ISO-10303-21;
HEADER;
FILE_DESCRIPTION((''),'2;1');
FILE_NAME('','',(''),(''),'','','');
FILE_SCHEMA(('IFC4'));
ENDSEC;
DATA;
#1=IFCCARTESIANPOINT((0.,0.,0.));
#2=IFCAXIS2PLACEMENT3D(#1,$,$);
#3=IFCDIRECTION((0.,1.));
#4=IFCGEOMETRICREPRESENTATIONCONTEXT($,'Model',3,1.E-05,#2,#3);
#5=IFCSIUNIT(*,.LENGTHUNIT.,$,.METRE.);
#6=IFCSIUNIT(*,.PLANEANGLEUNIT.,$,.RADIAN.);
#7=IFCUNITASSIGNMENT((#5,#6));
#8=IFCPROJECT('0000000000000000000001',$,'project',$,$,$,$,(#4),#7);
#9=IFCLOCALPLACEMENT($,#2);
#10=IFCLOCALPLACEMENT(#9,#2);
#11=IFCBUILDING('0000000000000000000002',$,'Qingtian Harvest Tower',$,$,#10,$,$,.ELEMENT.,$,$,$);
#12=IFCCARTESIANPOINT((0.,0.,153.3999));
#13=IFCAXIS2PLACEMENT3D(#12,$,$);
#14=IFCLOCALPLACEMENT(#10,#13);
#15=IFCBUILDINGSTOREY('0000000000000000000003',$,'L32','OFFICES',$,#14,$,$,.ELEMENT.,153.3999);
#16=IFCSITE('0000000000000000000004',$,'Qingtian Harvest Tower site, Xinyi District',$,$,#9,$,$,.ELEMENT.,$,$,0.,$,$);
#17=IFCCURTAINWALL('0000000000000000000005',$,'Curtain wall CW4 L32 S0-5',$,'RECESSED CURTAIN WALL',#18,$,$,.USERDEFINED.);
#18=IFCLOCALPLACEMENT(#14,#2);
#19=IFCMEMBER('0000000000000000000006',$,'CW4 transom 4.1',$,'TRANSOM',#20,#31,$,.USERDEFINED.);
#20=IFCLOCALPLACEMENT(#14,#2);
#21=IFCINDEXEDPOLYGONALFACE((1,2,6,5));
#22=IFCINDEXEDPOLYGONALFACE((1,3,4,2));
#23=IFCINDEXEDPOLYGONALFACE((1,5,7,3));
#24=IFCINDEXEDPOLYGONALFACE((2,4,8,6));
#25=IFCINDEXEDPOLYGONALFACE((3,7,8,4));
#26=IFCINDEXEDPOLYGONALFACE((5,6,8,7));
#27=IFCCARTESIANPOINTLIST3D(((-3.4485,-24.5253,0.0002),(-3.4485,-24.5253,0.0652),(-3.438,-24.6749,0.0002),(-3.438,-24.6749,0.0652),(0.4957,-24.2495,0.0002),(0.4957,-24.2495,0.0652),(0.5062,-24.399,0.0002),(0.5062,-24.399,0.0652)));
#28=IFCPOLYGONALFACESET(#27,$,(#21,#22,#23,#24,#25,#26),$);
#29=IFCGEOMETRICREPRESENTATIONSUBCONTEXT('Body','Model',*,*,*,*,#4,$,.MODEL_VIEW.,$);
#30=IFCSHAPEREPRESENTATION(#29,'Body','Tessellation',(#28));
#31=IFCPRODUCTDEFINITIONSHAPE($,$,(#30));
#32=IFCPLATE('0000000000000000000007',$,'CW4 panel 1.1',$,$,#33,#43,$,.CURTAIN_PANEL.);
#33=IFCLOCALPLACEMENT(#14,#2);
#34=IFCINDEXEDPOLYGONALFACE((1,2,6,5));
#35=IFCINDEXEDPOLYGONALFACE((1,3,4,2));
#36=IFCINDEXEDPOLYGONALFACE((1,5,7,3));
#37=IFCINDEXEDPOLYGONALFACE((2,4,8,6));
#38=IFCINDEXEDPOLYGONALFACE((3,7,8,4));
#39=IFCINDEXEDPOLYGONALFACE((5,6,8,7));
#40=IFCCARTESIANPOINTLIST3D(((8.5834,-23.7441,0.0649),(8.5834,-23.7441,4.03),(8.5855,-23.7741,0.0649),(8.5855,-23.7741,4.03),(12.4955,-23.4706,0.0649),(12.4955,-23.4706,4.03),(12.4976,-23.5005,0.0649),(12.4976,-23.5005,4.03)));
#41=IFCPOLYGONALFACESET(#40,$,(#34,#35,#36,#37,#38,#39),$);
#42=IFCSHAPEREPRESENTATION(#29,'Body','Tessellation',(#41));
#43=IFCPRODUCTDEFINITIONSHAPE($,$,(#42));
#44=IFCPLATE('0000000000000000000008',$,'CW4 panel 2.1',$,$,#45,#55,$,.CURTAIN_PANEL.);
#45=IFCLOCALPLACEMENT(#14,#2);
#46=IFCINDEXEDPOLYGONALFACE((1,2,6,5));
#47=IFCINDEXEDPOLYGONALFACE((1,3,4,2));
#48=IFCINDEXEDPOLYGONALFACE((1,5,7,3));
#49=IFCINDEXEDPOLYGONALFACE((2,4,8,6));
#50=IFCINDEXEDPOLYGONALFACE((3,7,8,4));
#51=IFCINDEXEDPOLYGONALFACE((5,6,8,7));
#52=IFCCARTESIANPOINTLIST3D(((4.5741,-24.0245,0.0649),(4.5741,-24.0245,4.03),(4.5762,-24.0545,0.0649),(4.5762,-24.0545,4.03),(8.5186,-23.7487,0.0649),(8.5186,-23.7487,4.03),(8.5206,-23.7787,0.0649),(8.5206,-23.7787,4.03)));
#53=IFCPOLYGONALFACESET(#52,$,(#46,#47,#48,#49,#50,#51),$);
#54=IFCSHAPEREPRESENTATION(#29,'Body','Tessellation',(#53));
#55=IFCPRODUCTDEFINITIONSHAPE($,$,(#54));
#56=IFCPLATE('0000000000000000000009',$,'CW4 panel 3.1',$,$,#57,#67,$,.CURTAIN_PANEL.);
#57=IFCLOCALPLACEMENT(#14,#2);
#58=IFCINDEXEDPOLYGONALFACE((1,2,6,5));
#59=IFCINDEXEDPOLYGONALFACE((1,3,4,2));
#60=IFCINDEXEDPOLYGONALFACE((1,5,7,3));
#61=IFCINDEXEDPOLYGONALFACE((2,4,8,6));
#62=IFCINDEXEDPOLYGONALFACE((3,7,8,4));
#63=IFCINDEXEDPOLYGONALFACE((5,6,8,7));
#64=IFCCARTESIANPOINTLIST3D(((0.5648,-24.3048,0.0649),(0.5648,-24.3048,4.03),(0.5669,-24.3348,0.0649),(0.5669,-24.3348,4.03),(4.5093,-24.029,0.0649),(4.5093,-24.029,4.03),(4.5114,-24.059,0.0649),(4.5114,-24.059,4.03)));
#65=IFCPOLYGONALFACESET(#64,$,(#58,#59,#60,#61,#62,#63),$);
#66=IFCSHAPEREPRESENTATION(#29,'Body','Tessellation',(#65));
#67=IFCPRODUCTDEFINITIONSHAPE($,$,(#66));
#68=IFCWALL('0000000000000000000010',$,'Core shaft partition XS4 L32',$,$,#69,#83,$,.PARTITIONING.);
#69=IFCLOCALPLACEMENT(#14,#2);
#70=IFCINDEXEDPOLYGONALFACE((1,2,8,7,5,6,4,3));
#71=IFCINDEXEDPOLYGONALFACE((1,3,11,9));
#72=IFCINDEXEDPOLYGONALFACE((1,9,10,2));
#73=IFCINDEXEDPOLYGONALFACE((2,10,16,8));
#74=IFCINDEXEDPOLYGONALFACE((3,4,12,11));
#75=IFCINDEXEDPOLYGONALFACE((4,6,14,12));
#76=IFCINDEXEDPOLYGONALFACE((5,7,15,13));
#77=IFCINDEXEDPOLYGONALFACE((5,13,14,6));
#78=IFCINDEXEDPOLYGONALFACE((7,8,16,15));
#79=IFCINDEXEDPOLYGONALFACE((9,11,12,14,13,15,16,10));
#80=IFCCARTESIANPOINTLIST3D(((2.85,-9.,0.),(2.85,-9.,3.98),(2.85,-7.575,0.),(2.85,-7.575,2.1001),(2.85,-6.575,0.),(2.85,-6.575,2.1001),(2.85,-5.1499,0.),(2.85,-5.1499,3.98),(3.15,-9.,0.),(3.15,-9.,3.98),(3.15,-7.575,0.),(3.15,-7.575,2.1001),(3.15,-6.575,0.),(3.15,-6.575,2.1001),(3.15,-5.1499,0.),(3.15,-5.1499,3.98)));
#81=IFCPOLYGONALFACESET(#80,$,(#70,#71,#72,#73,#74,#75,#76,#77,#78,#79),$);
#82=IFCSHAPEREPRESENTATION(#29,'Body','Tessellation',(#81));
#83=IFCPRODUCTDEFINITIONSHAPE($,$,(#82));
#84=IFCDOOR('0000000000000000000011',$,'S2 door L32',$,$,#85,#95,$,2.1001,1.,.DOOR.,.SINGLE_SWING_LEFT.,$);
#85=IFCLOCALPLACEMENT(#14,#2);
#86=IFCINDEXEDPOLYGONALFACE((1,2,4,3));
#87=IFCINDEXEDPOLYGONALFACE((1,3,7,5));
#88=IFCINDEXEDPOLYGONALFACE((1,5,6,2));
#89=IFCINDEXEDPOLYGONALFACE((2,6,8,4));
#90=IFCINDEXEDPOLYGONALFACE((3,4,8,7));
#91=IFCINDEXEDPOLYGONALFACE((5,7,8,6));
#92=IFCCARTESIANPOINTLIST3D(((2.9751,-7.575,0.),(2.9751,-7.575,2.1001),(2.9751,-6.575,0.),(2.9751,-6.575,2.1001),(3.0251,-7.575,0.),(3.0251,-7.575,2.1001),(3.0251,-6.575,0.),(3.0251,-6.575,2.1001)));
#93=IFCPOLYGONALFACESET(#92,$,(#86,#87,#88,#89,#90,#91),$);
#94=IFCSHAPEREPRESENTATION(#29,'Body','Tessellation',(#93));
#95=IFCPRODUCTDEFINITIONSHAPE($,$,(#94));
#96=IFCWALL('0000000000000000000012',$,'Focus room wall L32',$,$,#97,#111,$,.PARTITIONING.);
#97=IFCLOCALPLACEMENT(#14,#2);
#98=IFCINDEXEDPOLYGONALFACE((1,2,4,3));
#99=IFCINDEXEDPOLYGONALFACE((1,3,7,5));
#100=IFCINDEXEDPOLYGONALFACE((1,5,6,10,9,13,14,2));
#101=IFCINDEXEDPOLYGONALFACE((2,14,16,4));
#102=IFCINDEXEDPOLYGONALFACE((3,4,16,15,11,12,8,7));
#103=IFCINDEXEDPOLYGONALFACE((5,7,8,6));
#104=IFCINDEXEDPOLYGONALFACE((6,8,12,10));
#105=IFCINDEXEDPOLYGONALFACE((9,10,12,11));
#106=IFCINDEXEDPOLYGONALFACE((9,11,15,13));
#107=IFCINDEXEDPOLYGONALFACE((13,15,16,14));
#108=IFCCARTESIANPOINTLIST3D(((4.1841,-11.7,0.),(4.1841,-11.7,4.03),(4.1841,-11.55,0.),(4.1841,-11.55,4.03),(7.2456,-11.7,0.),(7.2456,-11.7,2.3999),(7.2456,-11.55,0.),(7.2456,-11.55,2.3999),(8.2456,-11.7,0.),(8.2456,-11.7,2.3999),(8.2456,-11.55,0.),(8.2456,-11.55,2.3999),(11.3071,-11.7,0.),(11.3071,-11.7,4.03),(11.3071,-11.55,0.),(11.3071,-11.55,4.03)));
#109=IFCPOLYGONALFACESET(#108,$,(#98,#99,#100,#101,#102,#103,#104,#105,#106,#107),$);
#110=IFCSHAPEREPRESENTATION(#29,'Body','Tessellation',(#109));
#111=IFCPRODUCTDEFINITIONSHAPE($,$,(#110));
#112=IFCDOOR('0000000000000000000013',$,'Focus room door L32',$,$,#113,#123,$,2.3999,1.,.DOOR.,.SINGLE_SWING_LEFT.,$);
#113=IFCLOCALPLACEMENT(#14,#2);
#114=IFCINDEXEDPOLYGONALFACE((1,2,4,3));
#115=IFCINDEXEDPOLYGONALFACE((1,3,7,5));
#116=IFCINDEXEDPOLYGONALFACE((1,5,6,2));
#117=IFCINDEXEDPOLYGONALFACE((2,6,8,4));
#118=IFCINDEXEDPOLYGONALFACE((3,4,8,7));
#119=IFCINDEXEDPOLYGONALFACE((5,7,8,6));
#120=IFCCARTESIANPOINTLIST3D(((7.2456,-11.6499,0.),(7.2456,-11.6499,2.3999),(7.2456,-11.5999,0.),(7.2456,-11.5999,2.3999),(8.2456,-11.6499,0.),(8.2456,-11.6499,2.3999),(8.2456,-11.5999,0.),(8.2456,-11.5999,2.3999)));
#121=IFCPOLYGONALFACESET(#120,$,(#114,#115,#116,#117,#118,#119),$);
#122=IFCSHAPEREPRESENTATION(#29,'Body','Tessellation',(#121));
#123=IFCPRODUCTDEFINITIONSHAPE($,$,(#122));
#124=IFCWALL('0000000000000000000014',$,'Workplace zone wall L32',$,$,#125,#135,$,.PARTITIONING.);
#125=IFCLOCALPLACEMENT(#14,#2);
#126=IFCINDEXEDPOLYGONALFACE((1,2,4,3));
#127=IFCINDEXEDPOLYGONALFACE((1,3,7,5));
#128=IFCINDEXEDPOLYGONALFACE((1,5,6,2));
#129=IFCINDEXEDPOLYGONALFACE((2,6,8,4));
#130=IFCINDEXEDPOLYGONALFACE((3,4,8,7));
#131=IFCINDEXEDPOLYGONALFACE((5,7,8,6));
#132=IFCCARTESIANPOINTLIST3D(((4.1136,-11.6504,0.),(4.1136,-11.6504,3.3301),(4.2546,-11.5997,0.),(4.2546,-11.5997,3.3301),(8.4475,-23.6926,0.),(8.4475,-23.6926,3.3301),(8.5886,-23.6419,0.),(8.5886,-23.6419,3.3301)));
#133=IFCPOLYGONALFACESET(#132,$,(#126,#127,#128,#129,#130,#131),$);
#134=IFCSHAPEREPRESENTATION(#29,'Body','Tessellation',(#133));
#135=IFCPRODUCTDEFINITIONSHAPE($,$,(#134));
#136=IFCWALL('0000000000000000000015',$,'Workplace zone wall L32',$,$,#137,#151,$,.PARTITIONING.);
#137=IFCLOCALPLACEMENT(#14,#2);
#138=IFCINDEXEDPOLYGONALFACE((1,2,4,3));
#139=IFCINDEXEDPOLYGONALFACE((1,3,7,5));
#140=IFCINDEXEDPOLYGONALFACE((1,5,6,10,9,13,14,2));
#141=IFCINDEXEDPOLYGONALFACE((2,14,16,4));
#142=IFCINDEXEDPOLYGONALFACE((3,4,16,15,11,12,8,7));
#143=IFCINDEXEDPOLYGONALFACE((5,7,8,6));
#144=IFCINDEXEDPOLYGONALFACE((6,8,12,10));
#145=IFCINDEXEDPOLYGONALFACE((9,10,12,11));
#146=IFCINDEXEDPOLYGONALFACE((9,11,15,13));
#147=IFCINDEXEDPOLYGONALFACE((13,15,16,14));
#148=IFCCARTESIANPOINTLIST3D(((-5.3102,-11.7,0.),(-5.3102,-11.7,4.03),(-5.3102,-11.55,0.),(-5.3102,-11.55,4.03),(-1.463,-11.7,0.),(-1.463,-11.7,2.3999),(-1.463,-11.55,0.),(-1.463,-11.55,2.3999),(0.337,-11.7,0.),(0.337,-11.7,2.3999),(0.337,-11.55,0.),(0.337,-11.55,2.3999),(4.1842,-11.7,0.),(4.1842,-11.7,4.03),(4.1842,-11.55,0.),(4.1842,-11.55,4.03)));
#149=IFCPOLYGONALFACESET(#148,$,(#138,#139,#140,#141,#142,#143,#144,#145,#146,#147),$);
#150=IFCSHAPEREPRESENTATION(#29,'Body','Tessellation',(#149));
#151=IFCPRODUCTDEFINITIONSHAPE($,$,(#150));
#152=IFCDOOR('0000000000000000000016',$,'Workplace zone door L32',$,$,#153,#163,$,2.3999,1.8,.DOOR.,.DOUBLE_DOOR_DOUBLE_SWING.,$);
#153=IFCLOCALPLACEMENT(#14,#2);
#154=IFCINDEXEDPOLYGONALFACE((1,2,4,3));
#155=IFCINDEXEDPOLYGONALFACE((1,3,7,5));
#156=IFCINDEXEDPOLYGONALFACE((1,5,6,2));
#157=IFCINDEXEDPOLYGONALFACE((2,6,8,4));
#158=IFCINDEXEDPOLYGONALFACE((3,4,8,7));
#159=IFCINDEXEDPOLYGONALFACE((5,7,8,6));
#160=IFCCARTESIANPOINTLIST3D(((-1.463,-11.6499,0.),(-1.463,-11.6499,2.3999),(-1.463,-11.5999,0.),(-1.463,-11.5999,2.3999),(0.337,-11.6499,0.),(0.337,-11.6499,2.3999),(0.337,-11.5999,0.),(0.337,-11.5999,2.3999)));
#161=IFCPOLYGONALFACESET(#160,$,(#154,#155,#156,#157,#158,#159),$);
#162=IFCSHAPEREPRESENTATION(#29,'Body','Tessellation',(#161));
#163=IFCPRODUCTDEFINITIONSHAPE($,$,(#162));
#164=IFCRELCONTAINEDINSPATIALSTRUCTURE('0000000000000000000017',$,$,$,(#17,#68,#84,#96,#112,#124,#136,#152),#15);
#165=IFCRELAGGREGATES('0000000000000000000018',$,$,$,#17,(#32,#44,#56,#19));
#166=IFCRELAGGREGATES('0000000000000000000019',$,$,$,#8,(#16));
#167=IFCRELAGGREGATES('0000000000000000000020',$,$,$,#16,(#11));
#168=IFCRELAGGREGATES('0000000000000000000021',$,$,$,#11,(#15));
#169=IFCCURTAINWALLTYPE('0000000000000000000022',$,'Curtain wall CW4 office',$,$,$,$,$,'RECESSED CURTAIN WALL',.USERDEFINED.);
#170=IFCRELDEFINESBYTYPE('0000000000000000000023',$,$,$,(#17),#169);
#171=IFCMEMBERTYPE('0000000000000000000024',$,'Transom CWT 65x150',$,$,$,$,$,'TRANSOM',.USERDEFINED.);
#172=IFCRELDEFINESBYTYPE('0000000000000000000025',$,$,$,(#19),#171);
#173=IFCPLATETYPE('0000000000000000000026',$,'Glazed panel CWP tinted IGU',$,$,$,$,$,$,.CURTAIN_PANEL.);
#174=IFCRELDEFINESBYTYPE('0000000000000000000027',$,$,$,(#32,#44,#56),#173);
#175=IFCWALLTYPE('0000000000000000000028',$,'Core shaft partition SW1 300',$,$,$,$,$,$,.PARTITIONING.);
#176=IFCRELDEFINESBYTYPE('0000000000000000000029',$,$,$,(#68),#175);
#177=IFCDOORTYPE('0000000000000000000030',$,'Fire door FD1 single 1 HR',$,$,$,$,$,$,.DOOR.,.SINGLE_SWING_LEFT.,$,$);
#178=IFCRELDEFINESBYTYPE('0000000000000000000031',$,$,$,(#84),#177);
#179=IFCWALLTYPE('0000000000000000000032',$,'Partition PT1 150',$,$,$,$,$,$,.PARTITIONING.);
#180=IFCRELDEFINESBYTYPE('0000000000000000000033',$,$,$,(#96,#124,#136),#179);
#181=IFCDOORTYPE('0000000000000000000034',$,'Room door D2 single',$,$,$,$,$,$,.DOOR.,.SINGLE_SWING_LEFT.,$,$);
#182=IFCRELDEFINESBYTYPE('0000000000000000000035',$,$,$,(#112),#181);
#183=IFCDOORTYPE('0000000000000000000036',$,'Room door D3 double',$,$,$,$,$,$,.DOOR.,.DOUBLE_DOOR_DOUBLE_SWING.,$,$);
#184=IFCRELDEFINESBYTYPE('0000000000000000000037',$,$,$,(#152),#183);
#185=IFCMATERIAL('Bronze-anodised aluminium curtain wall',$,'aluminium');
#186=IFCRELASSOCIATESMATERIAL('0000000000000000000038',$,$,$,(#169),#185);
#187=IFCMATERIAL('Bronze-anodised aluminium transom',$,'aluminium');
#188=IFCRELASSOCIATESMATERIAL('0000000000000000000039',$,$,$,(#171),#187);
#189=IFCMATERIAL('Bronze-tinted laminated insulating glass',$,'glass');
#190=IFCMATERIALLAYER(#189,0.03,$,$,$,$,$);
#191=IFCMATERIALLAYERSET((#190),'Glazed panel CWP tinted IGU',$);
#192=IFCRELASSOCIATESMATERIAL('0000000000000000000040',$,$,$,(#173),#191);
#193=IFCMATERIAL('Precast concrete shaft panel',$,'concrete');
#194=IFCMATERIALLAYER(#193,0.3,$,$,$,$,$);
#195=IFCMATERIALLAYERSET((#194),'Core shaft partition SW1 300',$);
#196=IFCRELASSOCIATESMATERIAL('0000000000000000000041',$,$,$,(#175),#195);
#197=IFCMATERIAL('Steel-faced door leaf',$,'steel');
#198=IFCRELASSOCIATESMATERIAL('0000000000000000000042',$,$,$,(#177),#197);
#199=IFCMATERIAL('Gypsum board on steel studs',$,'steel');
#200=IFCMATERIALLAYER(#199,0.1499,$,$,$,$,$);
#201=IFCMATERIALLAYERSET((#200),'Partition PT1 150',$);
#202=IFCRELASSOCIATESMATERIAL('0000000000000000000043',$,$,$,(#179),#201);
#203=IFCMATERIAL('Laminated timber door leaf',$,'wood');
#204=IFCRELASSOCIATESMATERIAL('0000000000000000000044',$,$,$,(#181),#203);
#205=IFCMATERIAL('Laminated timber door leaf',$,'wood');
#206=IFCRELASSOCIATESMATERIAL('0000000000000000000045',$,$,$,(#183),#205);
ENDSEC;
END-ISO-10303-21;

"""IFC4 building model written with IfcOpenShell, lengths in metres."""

from ifc_helpers import new_model, si_unit, direction, frame, frame_2d, origin, origin_2d, place, context, subcontext, project, spatial, rectangle, extrude, material, layer, layer_set, material_profile, profile_set, type_object, element, fill, aggregate, save


model = new_model("IFC4")

# Units and contexts
model_context = context("Model", 3, precision=1e-05, world=origin(), true_north=direction((0.0, 1.0)))
body_context = subcontext(model_context, "Body", "Model", "MODEL_VIEW")
ifc_project = project(units=[si_unit("LENGTHUNIT", "METRE"), si_unit("PLANEANGLEUNIT", "RADIAN")], contexts=[model_context])

# Site, building, storey
site_placement = place(None, origin())
site = spatial("IfcSite", under=ifc_project, at=site_placement, Name="Qingtian Harvest Tower site, Xinyi District", CompositionType="ELEMENT", RefElevation=0.0)
building_placement = place(site_placement, origin())
building = spatial("IfcBuilding", under=site, at=building_placement, Name="Qingtian Harvest Tower", CompositionType="ELEMENT")
storey_placement = place(building_placement, frame((0.0, 0.0, 153.3999)))
storey = spatial("IfcBuildingStorey", under=building, at=storey_placement, Name="L32", Description="OFFICES", CompositionType="ELEMENT", Elevation=153.3999)

# Shared definitions
ifc_material_1 = material(Name="Bronze-anodised aluminium curtain wall", Category="aluminium")
curtain_wall_type = type_object("IfcCurtainWallType", Name="Curtain wall CW4 office", ElementType="RECESSED CURTAIN WALL", PredefinedType="USERDEFINED", material=ifc_material_1)

# Curtain wall
curtain_wall_1_placement = place(storey_placement, origin())
curtain_wall_1 = element("IfcCurtainWall", 1, at=curtain_wall_1_placement, inside=storey, type_object=curtain_wall_type, Name="Curtain wall CW4 L32 S0-5", ObjectType="RECESSED CURTAIN WALL", PredefinedType="USERDEFINED")

# Member
ifc_material_2 = material(Name="Bronze-anodised aluminium transom", Category="aluminium")
ifc_material_profile_1 = material_profile(ifc_material_2, rectangle(XDim=0.1499, YDim=0.0649, at=origin_2d()), Name="AL 65x150")
ifc_profile_set_1 = profile_set([ifc_material_profile_1], Name="Bronze-anodised aluminium transom")
member_type_1 = type_object("IfcMemberType", Name="Transom CWT 65x150", ElementType="TRANSOM", PredefinedType="USERDEFINED", material=ifc_profile_set_1)
member_1_placement = place(storey_placement, frame((0.501, -24.3242, 0.0327), z_axis=(-0.997563, -0.069773, 0.0), x_axis=(0.069773, -0.997563, 0.0)))
member_1 = element("IfcMember", 2, at=member_1_placement, type_object=member_type_1, Name="CW4 transom 4.1", ObjectType="TRANSOM", PredefinedType="USERDEFINED", context=body_context, shape_type="SweptSolid", body=[
    extrude(rectangle(XDim=0.1499, YDim=0.0649, at=origin_2d()), origin(), (0.0, 0.0, 1.0), 3.9539),
])

# Plates
ifc_material_3 = material(Name="Bronze-tinted laminated insulating glass", Category="glass")
ifc_layer_1 = layer(ifc_material_3, 0.03)
ifc_layer_set_1 = layer_set([ifc_layer_1], Name="Glazed panel CWP tinted IGU")
plate_type = type_object("IfcPlateType", Name="Glazed panel CWP tinted IGU", PredefinedType="CURTAIN_PANEL", material=ifc_layer_set_1)
plate_1_placement = place(storey_placement, frame((10.5405, -23.6223, 0.0649), z_axis=(0.0, 0.0, 1.0), x_axis=(-0.997564, -0.069756, 0.0)))
plate_1 = element("IfcPlate", 3, at=plate_1_placement, type_object=plate_type, Name="CW4 panel 1.1", PredefinedType="CURTAIN_PANEL", context=body_context, shape_type="SweptSolid", body=[
    extrude(rectangle(XDim=3.9216, YDim=0.03, at=origin_2d()), origin(), (0.0, 0.0, 1.0), 3.9651),
])
plate_2_placement = place(storey_placement, frame((6.5474, -23.9016, 0.0649), z_axis=(0.0, 0.0, 1.0), x_axis=(-0.997564, -0.069756, 0.0)))
plate_2 = element("IfcPlate", 4, at=plate_2_placement, type_object=plate_type, Name="CW4 panel 2.1", PredefinedType="CURTAIN_PANEL", context=body_context, shape_type="SweptSolid", body=[
    extrude(rectangle(XDim=3.9541, YDim=0.03, at=origin_2d()), origin(), (0.0, 0.0, 1.0), 3.9651),
])
plate_3_placement = place(storey_placement, frame((2.5381, -24.1819, 0.0649), z_axis=(0.0, 0.0, 1.0), x_axis=(-0.997564, -0.069756, 0.0)))
plate_3 = element("IfcPlate", 5, at=plate_3_placement, type_object=plate_type, Name="CW4 panel 3.1", PredefinedType="CURTAIN_PANEL", context=body_context, shape_type="SweptSolid", body=[
    extrude(rectangle(XDim=3.9541, YDim=0.03, at=origin_2d()), origin(), (0.0, 0.0, 1.0), 3.9651),
])
aggregate(curtain_wall_1, [plate_1, plate_2, plate_3, member_1])

# Walls, openings, doors
ifc_material_4 = material(Name="Precast concrete shaft panel", Category="concrete")
ifc_layer_2 = layer(ifc_material_4, 0.3)
ifc_layer_set_2 = layer_set([ifc_layer_2], Name="Core shaft partition SW1 300")
wall_type_1 = type_object("IfcWallType", Name="Core shaft partition SW1 300", PredefinedType="PARTITIONING", material=ifc_layer_set_2)
wall_1_placement = place(storey_placement, frame((3.0, -9.0, 0.0), z_axis=(0.0, 0.0, 1.0), x_axis=(0.0, 1.0, 0.0)))
wall_1 = element("IfcWall", 6, at=wall_1_placement, inside=storey, type_object=wall_type_1, Name="Core shaft partition XS4 L32", PredefinedType="PARTITIONING", context=body_context, shape_type="SweptSolid", body=[
    extrude(rectangle(XDim=3.8501, YDim=0.3, at=frame_2d((1.925, 0.0))), origin(), (0.0, 0.0, 1.0), 3.98),
])
opening_1_placement = place(wall_1_placement, frame((1.425, 0.0, 0.0)))
opening_1 = element("IfcOpeningElement", 7, at=opening_1_placement, cuts=wall_1, PredefinedType="OPENING", context=body_context, shape_type="SweptSolid", body=[
    extrude(rectangle(XDim=1.0, YDim=2.1001, at=frame_2d((0.5, 1.05))), frame((0.0, 0.1599, 0.0), z_axis=(0.0, -1.0, 0.0), x_axis=(1.0, 0.0, 0.0)), (0.0, 0.0, 1.0), 0.3201),
])
ifc_material_5 = material(Name="Steel-faced door leaf", Category="steel")
door_type_1 = type_object("IfcDoorType", Name="Fire door FD1 single 1 HR", OperationType="SINGLE_SWING_LEFT", PredefinedType="DOOR", material=ifc_material_5)
door_1_placement = place(opening_1_placement, origin())
door_1 = element("IfcDoor", 8, at=door_1_placement, inside=storey, type_object=door_type_1, Name="S2 door L32", OperationType="SINGLE_SWING_LEFT", OverallHeight=2.1001, OverallWidth=1.0, PredefinedType="DOOR", context=body_context, shape_type="SweptSolid", body=[
    extrude(rectangle(XDim=1.0, YDim=2.1001, at=frame_2d((0.5, 1.05))), frame((0.0, 0.0249, 0.0), z_axis=(0.0, -1.0, 0.0), x_axis=(1.0, 0.0, 0.0)), (0.0, 0.0, 1.0), 0.05),
])
fill(opening_1, door_1)
ifc_material_6 = material(Name="Gypsum board on steel studs", Category="steel")
ifc_layer_3 = layer(ifc_material_6, 0.1499)
ifc_layer_set_3 = layer_set([ifc_layer_3], Name="Partition PT1 150")
wall_type_2 = type_object("IfcWallType", Name="Partition PT1 150", PredefinedType="PARTITIONING", material=ifc_layer_set_3)
wall_2_placement = place(storey_placement, frame((11.3071, -11.625, 0.0), z_axis=(0.0, 0.0, 1.0), x_axis=(-1.0, 0.0, 0.0)))
wall_2 = element("IfcWall", 9, at=wall_2_placement, inside=storey, type_object=wall_type_2, Name="Focus room wall L32", PredefinedType="PARTITIONING", context=body_context, shape_type="SweptSolid", body=[
    extrude(rectangle(XDim=7.123, YDim=0.1499, at=frame_2d((3.5615, 0.0))), origin(), (0.0, 0.0, 1.0), 4.03),
])
opening_2_placement = place(wall_2_placement, frame((3.0615, 0.0, 0.0)))
opening_2 = element("IfcOpeningElement", 10, at=opening_2_placement, cuts=wall_2, PredefinedType="OPENING", context=body_context, shape_type="SweptSolid", body=[
    extrude(rectangle(XDim=1.0, YDim=2.3999, at=frame_2d((0.5, 1.2))), frame((0.0, 0.085, 0.0), z_axis=(0.0, -1.0, 0.0), x_axis=(1.0, 0.0, 0.0)), (0.0, 0.0, 1.0), 0.1699),
])
ifc_material_7 = material(Name="Laminated timber door leaf", Category="wood")
door_type_2 = type_object("IfcDoorType", Name="Room door D2 single", OperationType="SINGLE_SWING_LEFT", PredefinedType="DOOR", material=ifc_material_7)
door_2_placement = place(opening_2_placement, origin())
door_2 = element("IfcDoor", 11, at=door_2_placement, inside=storey, type_object=door_type_2, Name="Focus room door L32", OperationType="SINGLE_SWING_LEFT", OverallHeight=2.3999, OverallWidth=1.0, PredefinedType="DOOR", context=body_context, shape_type="SweptSolid", body=[
    extrude(rectangle(XDim=1.0, YDim=2.3999, at=frame_2d((0.5, 1.2))), frame((0.0, 0.0249, 0.0), z_axis=(0.0, -1.0, 0.0), x_axis=(1.0, 0.0, 0.0)), (0.0, 0.0, 1.0), 0.05),
])
fill(opening_2, door_2)

# Wall
wall_3_placement = place(storey_placement, frame((8.5181, -23.6672, 0.0), z_axis=(0.0, 0.0, 1.0), x_axis=(-0.338635, 0.940918, 0.0)))
element("IfcWall", 12, at=wall_3_placement, inside=storey, type_object=wall_type_2, Name="Workplace zone wall L32", PredefinedType="PARTITIONING", context=body_context, shape_type="SweptSolid", body=[
    extrude(rectangle(XDim=12.7983, YDim=0.1499, at=frame_2d((6.3992, 0.0))), origin(), (0.0, 0.0, 1.0), 3.3301),
])

# Wall, opening, door
wall_4_placement = place(storey_placement, frame((4.1841, -11.625, 0.0), z_axis=(0.0, 0.0, 1.0), x_axis=(-1.0, 0.0, 0.0)))
wall_4 = element("IfcWall", 13, at=wall_4_placement, inside=storey, type_object=wall_type_2, Name="Workplace zone wall L32", PredefinedType="PARTITIONING", context=body_context, shape_type="SweptSolid", body=[
    extrude(rectangle(XDim=9.4944, YDim=0.1499, at=frame_2d((4.7471, 0.0))), origin(), (0.0, 0.0, 1.0), 4.03),
])
opening_3_placement = place(wall_4_placement, frame((3.8472, 0.0, 0.0)))
opening_3 = element("IfcOpeningElement", 14, at=opening_3_placement, cuts=wall_4, PredefinedType="OPENING", context=body_context, shape_type="SweptSolid", body=[
    extrude(rectangle(XDim=1.8, YDim=2.3999, at=frame_2d((0.8999, 1.2))), frame((0.0, 0.085, 0.0), z_axis=(0.0, -1.0, 0.0), x_axis=(1.0, 0.0, 0.0)), (0.0, 0.0, 1.0), 0.1699),
])
ifc_material_8 = material(Name="Laminated timber door leaf", Category="wood")
door_type_3 = type_object("IfcDoorType", Name="Room door D3 double", OperationType="DOUBLE_DOOR_DOUBLE_SWING", PredefinedType="DOOR", material=ifc_material_8)
door_3_placement = place(opening_3_placement, origin())
door_3 = element("IfcDoor", 15, at=door_3_placement, inside=storey, type_object=door_type_3, Name="Workplace zone door L32", OperationType="DOUBLE_DOOR_DOUBLE_SWING", OverallHeight=2.3999, OverallWidth=1.8, PredefinedType="DOOR", context=body_context, shape_type="SweptSolid", body=[
    extrude(rectangle(XDim=1.8, YDim=2.3999, at=frame_2d((0.8999, 1.2))), frame((0.0, 0.0249, 0.0), z_axis=(0.0, -1.0, 0.0), x_axis=(1.0, 0.0, 0.0)), (0.0, 0.0, 1.0), 0.05),
])
fill(opening_3, door_3)

save(model, "model.ifc")
